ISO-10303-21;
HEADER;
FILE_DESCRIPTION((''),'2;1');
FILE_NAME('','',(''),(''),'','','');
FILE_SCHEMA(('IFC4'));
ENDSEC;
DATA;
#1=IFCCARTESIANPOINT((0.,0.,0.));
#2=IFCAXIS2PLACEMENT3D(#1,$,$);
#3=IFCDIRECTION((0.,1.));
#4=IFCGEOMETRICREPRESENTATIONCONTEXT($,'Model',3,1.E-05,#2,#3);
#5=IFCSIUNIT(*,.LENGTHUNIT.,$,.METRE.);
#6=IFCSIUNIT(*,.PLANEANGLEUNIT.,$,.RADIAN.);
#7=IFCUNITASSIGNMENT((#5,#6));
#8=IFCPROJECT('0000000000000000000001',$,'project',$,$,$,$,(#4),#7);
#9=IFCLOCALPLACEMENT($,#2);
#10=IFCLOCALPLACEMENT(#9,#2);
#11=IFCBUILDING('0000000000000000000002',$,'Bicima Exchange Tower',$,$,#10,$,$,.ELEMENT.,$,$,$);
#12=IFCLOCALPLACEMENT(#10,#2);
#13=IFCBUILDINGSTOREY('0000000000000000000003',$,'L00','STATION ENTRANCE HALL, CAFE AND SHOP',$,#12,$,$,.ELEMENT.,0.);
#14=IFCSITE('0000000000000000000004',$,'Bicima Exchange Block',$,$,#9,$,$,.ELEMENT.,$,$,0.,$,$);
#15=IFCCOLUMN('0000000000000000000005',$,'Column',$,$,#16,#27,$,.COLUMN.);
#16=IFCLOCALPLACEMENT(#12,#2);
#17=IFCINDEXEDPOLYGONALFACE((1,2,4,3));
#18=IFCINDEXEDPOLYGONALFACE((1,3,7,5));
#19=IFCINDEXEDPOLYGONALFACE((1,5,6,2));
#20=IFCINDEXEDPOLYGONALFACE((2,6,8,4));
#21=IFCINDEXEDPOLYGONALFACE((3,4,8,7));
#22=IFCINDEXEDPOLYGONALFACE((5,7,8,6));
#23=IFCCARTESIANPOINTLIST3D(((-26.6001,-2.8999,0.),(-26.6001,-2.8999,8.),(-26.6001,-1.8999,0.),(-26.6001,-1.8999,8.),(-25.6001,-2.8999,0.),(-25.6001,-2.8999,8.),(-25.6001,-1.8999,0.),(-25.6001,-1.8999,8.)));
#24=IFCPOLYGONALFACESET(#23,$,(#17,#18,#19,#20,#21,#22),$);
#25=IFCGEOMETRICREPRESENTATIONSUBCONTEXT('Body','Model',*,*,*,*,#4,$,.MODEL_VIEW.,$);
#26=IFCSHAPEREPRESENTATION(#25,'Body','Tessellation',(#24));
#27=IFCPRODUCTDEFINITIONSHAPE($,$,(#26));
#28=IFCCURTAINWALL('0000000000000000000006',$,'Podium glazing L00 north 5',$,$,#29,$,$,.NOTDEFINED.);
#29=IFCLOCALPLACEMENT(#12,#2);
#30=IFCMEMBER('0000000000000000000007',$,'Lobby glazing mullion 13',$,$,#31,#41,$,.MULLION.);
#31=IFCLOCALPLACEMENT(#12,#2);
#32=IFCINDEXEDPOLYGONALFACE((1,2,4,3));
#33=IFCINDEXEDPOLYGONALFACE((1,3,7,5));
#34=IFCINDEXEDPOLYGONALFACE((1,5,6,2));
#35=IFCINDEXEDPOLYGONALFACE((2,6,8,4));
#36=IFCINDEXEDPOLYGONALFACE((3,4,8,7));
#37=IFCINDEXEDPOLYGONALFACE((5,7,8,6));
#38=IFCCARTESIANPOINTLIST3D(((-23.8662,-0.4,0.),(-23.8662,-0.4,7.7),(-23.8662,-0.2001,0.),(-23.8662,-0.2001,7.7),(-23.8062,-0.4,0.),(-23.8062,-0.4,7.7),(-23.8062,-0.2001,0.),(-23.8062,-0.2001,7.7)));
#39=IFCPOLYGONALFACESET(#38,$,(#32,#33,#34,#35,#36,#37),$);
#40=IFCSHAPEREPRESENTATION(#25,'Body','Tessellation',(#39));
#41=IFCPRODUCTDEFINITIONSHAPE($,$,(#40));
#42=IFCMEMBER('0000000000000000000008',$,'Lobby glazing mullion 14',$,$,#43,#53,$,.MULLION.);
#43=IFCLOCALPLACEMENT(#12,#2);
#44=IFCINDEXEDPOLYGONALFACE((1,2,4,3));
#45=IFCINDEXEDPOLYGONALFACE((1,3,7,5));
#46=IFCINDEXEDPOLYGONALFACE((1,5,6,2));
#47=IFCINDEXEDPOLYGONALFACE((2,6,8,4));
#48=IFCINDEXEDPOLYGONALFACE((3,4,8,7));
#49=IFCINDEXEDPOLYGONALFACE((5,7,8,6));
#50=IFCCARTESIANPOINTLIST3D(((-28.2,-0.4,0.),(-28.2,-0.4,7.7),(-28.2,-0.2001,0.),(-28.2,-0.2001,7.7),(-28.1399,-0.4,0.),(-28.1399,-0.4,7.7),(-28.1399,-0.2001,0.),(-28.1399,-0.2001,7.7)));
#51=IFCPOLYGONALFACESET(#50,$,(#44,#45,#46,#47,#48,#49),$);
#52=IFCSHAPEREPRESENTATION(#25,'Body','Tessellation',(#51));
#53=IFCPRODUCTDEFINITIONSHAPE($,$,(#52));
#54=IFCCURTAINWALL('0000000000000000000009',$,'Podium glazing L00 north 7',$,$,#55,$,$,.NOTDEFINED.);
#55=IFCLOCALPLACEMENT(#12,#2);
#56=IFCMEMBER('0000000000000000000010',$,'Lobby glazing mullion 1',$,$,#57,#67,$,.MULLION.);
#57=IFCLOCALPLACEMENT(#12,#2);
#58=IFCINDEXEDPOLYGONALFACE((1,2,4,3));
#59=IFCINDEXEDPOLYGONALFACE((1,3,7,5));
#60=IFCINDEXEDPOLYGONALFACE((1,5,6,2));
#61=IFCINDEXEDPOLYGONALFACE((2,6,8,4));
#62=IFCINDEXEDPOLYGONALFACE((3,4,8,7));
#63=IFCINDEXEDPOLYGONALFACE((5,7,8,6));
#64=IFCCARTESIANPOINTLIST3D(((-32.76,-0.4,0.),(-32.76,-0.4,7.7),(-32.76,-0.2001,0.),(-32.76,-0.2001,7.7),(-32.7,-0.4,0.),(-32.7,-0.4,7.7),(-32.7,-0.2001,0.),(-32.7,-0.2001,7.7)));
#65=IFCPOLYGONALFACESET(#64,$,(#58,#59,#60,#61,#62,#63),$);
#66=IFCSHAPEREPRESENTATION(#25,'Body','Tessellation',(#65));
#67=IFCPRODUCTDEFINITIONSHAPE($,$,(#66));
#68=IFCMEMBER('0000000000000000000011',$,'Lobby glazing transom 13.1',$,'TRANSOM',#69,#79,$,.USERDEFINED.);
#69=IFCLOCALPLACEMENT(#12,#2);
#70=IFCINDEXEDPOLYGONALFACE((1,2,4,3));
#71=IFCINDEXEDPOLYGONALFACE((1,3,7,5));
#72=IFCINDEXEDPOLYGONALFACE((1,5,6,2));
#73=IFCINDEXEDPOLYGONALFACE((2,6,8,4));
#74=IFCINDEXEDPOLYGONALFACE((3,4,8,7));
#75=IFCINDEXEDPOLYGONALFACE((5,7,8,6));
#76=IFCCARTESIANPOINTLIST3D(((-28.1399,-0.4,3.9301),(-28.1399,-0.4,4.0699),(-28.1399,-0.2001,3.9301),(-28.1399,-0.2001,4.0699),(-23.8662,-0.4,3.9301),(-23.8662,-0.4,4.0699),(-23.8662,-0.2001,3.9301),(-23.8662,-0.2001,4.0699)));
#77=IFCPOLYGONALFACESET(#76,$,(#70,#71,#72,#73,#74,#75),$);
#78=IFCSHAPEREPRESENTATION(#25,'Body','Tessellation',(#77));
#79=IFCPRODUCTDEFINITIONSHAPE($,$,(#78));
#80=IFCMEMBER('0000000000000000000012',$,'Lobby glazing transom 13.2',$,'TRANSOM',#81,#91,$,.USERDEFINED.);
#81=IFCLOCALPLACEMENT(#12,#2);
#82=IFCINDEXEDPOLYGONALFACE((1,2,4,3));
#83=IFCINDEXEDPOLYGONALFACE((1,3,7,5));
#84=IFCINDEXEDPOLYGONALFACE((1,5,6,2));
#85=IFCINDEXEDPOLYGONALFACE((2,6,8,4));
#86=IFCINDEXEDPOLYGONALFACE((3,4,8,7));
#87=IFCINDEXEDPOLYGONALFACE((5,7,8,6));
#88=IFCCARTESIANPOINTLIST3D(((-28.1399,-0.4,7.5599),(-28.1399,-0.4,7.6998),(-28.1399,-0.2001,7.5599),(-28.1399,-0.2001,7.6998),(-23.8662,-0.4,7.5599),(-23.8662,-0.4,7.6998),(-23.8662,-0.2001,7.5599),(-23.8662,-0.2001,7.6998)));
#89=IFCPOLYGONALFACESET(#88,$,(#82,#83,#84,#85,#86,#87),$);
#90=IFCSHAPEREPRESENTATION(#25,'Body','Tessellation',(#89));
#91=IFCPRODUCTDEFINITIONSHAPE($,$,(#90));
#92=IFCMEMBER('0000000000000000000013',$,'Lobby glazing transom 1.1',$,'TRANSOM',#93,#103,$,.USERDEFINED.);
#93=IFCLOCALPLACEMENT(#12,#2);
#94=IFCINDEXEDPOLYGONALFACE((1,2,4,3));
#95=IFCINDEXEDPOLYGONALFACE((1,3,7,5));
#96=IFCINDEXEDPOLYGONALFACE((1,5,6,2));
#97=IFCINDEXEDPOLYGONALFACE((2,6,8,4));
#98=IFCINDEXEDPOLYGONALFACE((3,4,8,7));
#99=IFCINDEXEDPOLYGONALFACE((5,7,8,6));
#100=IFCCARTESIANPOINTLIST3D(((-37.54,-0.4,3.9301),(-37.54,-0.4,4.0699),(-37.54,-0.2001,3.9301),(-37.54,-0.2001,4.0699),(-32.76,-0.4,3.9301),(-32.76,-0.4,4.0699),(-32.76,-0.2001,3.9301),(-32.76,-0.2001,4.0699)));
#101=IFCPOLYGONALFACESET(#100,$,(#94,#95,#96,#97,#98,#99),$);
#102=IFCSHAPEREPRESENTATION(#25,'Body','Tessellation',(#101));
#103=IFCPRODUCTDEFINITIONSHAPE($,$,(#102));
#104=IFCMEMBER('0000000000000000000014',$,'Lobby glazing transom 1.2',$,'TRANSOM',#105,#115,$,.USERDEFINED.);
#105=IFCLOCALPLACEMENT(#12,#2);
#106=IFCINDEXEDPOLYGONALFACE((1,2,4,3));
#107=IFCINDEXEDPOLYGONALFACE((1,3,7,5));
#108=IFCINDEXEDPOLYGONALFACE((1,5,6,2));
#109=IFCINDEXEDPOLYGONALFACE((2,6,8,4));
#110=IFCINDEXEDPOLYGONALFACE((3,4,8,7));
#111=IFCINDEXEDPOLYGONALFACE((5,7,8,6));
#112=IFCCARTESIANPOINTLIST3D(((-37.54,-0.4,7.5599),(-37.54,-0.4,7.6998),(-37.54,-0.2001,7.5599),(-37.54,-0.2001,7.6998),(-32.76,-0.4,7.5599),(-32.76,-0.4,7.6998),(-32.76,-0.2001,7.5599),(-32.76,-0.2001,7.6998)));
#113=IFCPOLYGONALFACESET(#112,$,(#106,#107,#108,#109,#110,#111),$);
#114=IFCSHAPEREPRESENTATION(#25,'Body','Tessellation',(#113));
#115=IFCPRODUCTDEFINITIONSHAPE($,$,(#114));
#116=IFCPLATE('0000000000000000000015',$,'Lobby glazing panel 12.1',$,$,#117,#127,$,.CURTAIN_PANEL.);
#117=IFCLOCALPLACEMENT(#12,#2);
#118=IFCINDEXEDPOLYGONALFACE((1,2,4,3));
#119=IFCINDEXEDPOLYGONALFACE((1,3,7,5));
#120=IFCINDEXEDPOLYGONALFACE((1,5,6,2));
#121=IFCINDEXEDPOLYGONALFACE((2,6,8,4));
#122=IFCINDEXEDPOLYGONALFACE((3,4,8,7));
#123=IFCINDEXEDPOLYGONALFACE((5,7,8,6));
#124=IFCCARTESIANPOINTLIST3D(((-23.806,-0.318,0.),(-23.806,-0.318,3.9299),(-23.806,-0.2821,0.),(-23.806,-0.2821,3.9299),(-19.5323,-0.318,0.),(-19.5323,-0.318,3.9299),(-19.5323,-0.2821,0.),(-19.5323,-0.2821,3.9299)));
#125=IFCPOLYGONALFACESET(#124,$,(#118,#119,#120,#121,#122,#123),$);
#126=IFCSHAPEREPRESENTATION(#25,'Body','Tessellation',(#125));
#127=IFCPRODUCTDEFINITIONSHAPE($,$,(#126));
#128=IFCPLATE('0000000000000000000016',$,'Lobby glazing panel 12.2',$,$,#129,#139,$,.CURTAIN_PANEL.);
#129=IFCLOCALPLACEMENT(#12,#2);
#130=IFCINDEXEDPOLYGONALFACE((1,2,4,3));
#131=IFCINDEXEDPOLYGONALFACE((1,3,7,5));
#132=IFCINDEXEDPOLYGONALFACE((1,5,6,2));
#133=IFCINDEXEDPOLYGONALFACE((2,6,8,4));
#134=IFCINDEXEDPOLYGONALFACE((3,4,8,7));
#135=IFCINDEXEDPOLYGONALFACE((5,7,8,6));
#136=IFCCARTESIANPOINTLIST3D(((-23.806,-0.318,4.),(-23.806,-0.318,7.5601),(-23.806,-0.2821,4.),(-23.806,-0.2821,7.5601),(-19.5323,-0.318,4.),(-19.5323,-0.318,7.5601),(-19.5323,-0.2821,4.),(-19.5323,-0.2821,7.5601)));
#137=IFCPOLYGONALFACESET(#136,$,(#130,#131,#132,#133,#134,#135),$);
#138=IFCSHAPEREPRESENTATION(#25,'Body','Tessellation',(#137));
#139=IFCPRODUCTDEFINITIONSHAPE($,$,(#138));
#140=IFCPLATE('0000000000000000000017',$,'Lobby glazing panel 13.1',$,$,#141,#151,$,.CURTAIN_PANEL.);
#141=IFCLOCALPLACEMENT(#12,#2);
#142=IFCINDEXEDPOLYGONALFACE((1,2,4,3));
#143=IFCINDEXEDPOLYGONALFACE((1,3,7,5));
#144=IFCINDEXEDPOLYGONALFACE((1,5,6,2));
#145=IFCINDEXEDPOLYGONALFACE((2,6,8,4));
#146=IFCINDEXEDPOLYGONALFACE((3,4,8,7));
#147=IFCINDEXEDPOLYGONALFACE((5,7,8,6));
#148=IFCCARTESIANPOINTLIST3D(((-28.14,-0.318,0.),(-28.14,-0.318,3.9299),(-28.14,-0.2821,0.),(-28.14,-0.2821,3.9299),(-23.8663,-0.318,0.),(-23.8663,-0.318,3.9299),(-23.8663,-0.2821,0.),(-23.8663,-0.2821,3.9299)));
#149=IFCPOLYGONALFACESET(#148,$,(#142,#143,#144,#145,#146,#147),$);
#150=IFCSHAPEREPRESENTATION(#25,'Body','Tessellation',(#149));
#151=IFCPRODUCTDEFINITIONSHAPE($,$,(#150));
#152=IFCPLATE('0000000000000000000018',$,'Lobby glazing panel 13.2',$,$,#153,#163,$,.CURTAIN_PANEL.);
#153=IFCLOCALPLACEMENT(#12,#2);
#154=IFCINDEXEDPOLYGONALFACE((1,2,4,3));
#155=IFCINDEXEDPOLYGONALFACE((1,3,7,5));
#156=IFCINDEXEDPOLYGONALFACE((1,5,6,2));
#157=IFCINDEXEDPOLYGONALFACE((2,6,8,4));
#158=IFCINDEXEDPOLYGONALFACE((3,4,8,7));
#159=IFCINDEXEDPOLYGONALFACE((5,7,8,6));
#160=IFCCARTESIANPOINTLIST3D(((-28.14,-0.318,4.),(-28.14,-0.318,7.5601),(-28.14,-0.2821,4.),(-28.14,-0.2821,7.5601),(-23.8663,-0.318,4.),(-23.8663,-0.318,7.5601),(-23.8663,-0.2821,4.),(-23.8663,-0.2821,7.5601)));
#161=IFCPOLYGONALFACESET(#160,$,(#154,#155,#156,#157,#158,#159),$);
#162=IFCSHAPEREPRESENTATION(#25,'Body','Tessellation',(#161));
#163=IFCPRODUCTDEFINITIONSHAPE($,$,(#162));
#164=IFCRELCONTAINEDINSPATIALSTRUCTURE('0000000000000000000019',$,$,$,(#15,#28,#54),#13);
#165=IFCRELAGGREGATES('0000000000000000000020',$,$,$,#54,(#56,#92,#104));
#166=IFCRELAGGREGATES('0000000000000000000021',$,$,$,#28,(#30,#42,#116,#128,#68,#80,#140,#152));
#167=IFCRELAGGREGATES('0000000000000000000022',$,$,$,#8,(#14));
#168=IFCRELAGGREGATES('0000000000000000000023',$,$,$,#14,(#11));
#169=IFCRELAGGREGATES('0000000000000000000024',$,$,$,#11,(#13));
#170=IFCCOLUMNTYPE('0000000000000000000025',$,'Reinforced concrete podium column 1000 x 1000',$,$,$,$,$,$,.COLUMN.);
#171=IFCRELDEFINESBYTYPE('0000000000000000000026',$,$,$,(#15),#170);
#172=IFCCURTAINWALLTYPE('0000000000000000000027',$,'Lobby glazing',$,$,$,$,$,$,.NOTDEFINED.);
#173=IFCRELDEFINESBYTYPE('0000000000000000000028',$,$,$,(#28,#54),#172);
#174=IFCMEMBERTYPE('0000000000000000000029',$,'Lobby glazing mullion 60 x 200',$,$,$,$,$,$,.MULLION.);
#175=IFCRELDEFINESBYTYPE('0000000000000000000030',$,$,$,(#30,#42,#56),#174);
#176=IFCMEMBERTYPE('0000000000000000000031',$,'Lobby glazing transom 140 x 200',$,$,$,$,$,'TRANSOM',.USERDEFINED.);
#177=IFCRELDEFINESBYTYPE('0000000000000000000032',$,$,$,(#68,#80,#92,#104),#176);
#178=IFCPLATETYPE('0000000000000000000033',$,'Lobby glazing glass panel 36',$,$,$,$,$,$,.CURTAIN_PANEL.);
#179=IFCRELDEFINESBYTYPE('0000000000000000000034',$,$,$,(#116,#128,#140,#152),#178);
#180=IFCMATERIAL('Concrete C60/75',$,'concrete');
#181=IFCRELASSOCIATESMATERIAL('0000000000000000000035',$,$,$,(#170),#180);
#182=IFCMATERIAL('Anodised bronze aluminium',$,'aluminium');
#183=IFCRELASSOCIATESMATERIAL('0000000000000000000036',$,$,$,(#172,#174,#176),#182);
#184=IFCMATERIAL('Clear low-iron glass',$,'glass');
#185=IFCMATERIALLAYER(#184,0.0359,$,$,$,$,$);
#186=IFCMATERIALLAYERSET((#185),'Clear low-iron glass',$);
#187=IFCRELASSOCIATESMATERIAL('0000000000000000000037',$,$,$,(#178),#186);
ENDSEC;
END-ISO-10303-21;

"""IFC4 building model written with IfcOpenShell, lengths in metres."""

from ifc_helpers import new_model, si_unit, direction, frame, origin, origin_2d, place, context, subcontext, project, spatial, rectangle, extrude, material, layer, layer_set, material_profile, profile_set, type_object, element, aggregate, save


model = new_model("IFC4")

# Units and contexts
model_context = context("Model", 3, precision=1e-05, world=origin(), true_north=direction((0.0, 1.0)))
body_context = subcontext(model_context, "Body", "Model", "MODEL_VIEW")
ifc_project = project(units=[si_unit("LENGTHUNIT", "METRE"), si_unit("PLANEANGLEUNIT", "RADIAN")], contexts=[model_context])

# Site, building, storey
site_placement = place(None, origin())
site = spatial("IfcSite", under=ifc_project, at=site_placement, Name="Bicima Exchange Block", CompositionType="ELEMENT", RefElevation=0.0)
building_placement = place(site_placement, origin())
building = spatial("IfcBuilding", under=site, at=building_placement, Name="Bicima Exchange Tower", CompositionType="ELEMENT")
storey_placement = place(building_placement, origin())
storey = spatial("IfcBuildingStorey", under=building, at=storey_placement, Name="L00", Description="STATION ENTRANCE HALL, CAFE AND SHOP", CompositionType="ELEMENT", Elevation=0.0)

# Column
ifc_material_1 = material(Name="Concrete C60/75", Category="concrete")
ifc_material_profile_1 = material_profile(ifc_material_1, rectangle(XDim=1.0, YDim=1.0, at=origin_2d()))
ifc_profile_set_1 = profile_set([ifc_material_profile_1], Name="Concrete C60/75")
column_type = type_object("IfcColumnType", Name="Reinforced concrete podium column 1000 x 1000", PredefinedType="COLUMN", material=ifc_profile_set_1)
column_placement = place(storey_placement, frame((-26.1001, -2.3999, 0.0), z_axis=(0.0, 0.0, 1.0), x_axis=(1.0, 0.0, 0.0)))
element("IfcColumn", 1, at=column_placement, inside=storey, type_object=column_type, Name="Column", PredefinedType="COLUMN", context=body_context, shape_type="SweptSolid", body=[
    extrude(rectangle(XDim=1.0, YDim=1.0, at=origin_2d()), origin(), (0.0, 0.0, 1.0), 8.0),
])

# Curtain wall, members
ifc_material_2 = material(Name="Anodised bronze aluminium", Category="aluminium")
curtain_wall_type = type_object("IfcCurtainWallType", Name="Lobby glazing", PredefinedType="NOTDEFINED", material=ifc_material_2)
curtain_wall_1_placement = place(storey_placement, origin())
curtain_wall_1 = element("IfcCurtainWall", 2, at=curtain_wall_1_placement, inside=storey, type_object=curtain_wall_type, Name="Podium glazing L00 north 5", PredefinedType="NOTDEFINED")
ifc_material_profile_2 = material_profile(ifc_material_2, rectangle(XDim=0.2, YDim=0.0601, at=origin_2d()))
ifc_profile_set_2 = profile_set([ifc_material_profile_2], Name="Anodised bronze aluminium")
member_type_1 = type_object("IfcMemberType", Name="Lobby glazing mullion 60 x 200", PredefinedType="MULLION", material=ifc_profile_set_2)
member_1_placement = place(storey_placement, frame((-23.8362, -0.3, 0.0), z_axis=(0.0, 0.0, 1.0), x_axis=(0.0, -1.0, 0.0)))
member_1 = element("IfcMember", 3, at=member_1_placement, type_object=member_type_1, Name="Lobby glazing mullion 13", PredefinedType="MULLION", context=body_context, shape_type="SweptSolid", body=[
    extrude(rectangle(XDim=0.2, YDim=0.0601, at=origin_2d()), origin(), (0.0, 0.0, 1.0), 7.7),
])
member_2_placement = place(storey_placement, frame((-28.1699, -0.3, 0.0), z_axis=(0.0, 0.0, 1.0), x_axis=(0.0, -1.0, 0.0)))
member_2 = element("IfcMember", 4, at=member_2_placement, type_object=member_type_1, Name="Lobby glazing mullion 14", PredefinedType="MULLION", context=body_context, shape_type="SweptSolid", body=[
    extrude(rectangle(XDim=0.2, YDim=0.0601, at=origin_2d()), origin(), (0.0, 0.0, 1.0), 7.7),
])

# Curtain wall, member
curtain_wall_2_placement = place(storey_placement, origin())
curtain_wall_2 = element("IfcCurtainWall", 5, at=curtain_wall_2_placement, inside=storey, type_object=curtain_wall_type, Name="Podium glazing L00 north 7", PredefinedType="NOTDEFINED")
member_3_placement = place(storey_placement, frame((-32.73, -0.3, 0.0), z_axis=(0.0, 0.0, 1.0), x_axis=(0.0, -1.0, 0.0)))
member_3 = element("IfcMember", 6, at=member_3_placement, type_object=member_type_1, Name="Lobby glazing mullion 1", PredefinedType="MULLION", context=body_context, shape_type="SweptSolid", body=[
    extrude(rectangle(XDim=0.2, YDim=0.0601, at=origin_2d()), origin(), (0.0, 0.0, 1.0), 7.7),
])

# Members
ifc_material_profile_3 = material_profile(ifc_material_2, rectangle(XDim=0.2, YDim=0.1399, at=origin_2d()))
ifc_profile_set_3 = profile_set([ifc_material_profile_3], Name="Anodised bronze aluminium")
member_type_2 = type_object("IfcMemberType", Name="Lobby glazing transom 140 x 200", ElementType="TRANSOM", PredefinedType="USERDEFINED", material=ifc_profile_set_3)
member_4_placement = place(storey_placement, frame((-23.8662, -0.3, 4.0), z_axis=(-1.0, 0.0, 0.0), x_axis=(0.0, -1.0, 0.0)))
member_4 = element("IfcMember", 7, at=member_4_placement, type_object=member_type_2, Name="Lobby glazing transom 13.1", ObjectType="TRANSOM", PredefinedType="USERDEFINED", context=body_context, shape_type="SweptSolid", body=[
    extrude(rectangle(XDim=0.2, YDim=0.1399, at=origin_2d()), origin(), (0.0, 0.0, 1.0), 4.2737),
])
member_5_placement = place(storey_placement, frame((-23.8662, -0.3, 7.6299), z_axis=(-1.0, 0.0, 0.0), x_axis=(0.0, -1.0, 0.0)))
member_5 = element("IfcMember", 8, at=member_5_placement, type_object=member_type_2, Name="Lobby glazing transom 13.2", ObjectType="TRANSOM", PredefinedType="USERDEFINED", context=body_context, shape_type="SweptSolid", body=[
    extrude(rectangle(XDim=0.2, YDim=0.1399, at=origin_2d()), origin(), (0.0, 0.0, 1.0), 4.2737),
])
member_6_placement = place(storey_placement, frame((-32.76, -0.3, 4.0), z_axis=(-1.0, 0.0, 0.0), x_axis=(0.0, -1.0, 0.0)))
member_6 = element("IfcMember", 9, at=member_6_placement, type_object=member_type_2, Name="Lobby glazing transom 1.1", ObjectType="TRANSOM", PredefinedType="USERDEFINED", context=body_context, shape_type="SweptSolid", body=[
    extrude(rectangle(XDim=0.2, YDim=0.1399, at=origin_2d()), origin(), (0.0, 0.0, 1.0), 4.78),
])
member_7_placement = place(storey_placement, frame((-32.76, -0.3, 7.6299), z_axis=(-1.0, 0.0, 0.0), x_axis=(0.0, -1.0, 0.0)))
member_7 = element("IfcMember", 10, at=member_7_placement, type_object=member_type_2, Name="Lobby glazing transom 1.2", ObjectType="TRANSOM", PredefinedType="USERDEFINED", context=body_context, shape_type="SweptSolid", body=[
    extrude(rectangle(XDim=0.2, YDim=0.1399, at=origin_2d()), origin(), (0.0, 0.0, 1.0), 4.78),
])
aggregate(curtain_wall_2, [member_3, member_6, member_7])

# Plates
ifc_material_3 = material(Name="Clear low-iron glass", Category="glass")
ifc_layer_1 = layer(ifc_material_3, 0.0359)
ifc_layer_set_1 = layer_set([ifc_layer_1], Name="Clear low-iron glass")
plate_type = type_object("IfcPlateType", Name="Lobby glazing glass panel 36", PredefinedType="CURTAIN_PANEL", material=ifc_layer_set_1)
plate_1_placement = place(storey_placement, frame((-21.6692, -0.3, 0.0), z_axis=(0.0, 0.0, 1.0), x_axis=(-1.0, 0.0, 0.0)))
plate_1 = element("IfcPlate", 11, at=plate_1_placement, type_object=plate_type, Name="Lobby glazing panel 12.1", PredefinedType="CURTAIN_PANEL", context=body_context, shape_type="SweptSolid", body=[
    extrude(rectangle(XDim=4.2737, YDim=0.0359, at=origin_2d()), origin(), (0.0, 0.0, 1.0), 3.9299),
])
plate_2_placement = place(storey_placement, frame((-21.6692, -0.3, 4.0), z_axis=(0.0, 0.0, 1.0), x_axis=(-1.0, 0.0, 0.0)))
plate_2 = element("IfcPlate", 12, at=plate_2_placement, type_object=plate_type, Name="Lobby glazing panel 12.2", PredefinedType="CURTAIN_PANEL", context=body_context, shape_type="SweptSolid", body=[
    extrude(rectangle(XDim=4.2737, YDim=0.0359, at=origin_2d()), origin(), (0.0, 0.0, 1.0), 3.5601),
])
plate_3_placement = place(storey_placement, frame((-26.0032, -0.3, 0.0), z_axis=(0.0, 0.0, 1.0), x_axis=(-1.0, 0.0, 0.0)))
plate_3 = element("IfcPlate", 13, at=plate_3_placement, type_object=plate_type, Name="Lobby glazing panel 13.1", PredefinedType="CURTAIN_PANEL", context=body_context, shape_type="SweptSolid", body=[
    extrude(rectangle(XDim=4.2737, YDim=0.0359, at=origin_2d()), origin(), (0.0, 0.0, 1.0), 3.9299),
])
plate_4_placement = place(storey_placement, frame((-26.0032, -0.3, 4.0), z_axis=(0.0, 0.0, 1.0), x_axis=(-1.0, 0.0, 0.0)))
plate_4 = element("IfcPlate", 14, at=plate_4_placement, type_object=plate_type, Name="Lobby glazing panel 13.2", PredefinedType="CURTAIN_PANEL", context=body_context, shape_type="SweptSolid", body=[
    extrude(rectangle(XDim=4.2737, YDim=0.0359, at=origin_2d()), origin(), (0.0, 0.0, 1.0), 3.5601),
])
aggregate(curtain_wall_1, [member_1, member_2, plate_1, plate_2, member_4, member_5, plate_3, plate_4])

save(model, "model.ifc")
